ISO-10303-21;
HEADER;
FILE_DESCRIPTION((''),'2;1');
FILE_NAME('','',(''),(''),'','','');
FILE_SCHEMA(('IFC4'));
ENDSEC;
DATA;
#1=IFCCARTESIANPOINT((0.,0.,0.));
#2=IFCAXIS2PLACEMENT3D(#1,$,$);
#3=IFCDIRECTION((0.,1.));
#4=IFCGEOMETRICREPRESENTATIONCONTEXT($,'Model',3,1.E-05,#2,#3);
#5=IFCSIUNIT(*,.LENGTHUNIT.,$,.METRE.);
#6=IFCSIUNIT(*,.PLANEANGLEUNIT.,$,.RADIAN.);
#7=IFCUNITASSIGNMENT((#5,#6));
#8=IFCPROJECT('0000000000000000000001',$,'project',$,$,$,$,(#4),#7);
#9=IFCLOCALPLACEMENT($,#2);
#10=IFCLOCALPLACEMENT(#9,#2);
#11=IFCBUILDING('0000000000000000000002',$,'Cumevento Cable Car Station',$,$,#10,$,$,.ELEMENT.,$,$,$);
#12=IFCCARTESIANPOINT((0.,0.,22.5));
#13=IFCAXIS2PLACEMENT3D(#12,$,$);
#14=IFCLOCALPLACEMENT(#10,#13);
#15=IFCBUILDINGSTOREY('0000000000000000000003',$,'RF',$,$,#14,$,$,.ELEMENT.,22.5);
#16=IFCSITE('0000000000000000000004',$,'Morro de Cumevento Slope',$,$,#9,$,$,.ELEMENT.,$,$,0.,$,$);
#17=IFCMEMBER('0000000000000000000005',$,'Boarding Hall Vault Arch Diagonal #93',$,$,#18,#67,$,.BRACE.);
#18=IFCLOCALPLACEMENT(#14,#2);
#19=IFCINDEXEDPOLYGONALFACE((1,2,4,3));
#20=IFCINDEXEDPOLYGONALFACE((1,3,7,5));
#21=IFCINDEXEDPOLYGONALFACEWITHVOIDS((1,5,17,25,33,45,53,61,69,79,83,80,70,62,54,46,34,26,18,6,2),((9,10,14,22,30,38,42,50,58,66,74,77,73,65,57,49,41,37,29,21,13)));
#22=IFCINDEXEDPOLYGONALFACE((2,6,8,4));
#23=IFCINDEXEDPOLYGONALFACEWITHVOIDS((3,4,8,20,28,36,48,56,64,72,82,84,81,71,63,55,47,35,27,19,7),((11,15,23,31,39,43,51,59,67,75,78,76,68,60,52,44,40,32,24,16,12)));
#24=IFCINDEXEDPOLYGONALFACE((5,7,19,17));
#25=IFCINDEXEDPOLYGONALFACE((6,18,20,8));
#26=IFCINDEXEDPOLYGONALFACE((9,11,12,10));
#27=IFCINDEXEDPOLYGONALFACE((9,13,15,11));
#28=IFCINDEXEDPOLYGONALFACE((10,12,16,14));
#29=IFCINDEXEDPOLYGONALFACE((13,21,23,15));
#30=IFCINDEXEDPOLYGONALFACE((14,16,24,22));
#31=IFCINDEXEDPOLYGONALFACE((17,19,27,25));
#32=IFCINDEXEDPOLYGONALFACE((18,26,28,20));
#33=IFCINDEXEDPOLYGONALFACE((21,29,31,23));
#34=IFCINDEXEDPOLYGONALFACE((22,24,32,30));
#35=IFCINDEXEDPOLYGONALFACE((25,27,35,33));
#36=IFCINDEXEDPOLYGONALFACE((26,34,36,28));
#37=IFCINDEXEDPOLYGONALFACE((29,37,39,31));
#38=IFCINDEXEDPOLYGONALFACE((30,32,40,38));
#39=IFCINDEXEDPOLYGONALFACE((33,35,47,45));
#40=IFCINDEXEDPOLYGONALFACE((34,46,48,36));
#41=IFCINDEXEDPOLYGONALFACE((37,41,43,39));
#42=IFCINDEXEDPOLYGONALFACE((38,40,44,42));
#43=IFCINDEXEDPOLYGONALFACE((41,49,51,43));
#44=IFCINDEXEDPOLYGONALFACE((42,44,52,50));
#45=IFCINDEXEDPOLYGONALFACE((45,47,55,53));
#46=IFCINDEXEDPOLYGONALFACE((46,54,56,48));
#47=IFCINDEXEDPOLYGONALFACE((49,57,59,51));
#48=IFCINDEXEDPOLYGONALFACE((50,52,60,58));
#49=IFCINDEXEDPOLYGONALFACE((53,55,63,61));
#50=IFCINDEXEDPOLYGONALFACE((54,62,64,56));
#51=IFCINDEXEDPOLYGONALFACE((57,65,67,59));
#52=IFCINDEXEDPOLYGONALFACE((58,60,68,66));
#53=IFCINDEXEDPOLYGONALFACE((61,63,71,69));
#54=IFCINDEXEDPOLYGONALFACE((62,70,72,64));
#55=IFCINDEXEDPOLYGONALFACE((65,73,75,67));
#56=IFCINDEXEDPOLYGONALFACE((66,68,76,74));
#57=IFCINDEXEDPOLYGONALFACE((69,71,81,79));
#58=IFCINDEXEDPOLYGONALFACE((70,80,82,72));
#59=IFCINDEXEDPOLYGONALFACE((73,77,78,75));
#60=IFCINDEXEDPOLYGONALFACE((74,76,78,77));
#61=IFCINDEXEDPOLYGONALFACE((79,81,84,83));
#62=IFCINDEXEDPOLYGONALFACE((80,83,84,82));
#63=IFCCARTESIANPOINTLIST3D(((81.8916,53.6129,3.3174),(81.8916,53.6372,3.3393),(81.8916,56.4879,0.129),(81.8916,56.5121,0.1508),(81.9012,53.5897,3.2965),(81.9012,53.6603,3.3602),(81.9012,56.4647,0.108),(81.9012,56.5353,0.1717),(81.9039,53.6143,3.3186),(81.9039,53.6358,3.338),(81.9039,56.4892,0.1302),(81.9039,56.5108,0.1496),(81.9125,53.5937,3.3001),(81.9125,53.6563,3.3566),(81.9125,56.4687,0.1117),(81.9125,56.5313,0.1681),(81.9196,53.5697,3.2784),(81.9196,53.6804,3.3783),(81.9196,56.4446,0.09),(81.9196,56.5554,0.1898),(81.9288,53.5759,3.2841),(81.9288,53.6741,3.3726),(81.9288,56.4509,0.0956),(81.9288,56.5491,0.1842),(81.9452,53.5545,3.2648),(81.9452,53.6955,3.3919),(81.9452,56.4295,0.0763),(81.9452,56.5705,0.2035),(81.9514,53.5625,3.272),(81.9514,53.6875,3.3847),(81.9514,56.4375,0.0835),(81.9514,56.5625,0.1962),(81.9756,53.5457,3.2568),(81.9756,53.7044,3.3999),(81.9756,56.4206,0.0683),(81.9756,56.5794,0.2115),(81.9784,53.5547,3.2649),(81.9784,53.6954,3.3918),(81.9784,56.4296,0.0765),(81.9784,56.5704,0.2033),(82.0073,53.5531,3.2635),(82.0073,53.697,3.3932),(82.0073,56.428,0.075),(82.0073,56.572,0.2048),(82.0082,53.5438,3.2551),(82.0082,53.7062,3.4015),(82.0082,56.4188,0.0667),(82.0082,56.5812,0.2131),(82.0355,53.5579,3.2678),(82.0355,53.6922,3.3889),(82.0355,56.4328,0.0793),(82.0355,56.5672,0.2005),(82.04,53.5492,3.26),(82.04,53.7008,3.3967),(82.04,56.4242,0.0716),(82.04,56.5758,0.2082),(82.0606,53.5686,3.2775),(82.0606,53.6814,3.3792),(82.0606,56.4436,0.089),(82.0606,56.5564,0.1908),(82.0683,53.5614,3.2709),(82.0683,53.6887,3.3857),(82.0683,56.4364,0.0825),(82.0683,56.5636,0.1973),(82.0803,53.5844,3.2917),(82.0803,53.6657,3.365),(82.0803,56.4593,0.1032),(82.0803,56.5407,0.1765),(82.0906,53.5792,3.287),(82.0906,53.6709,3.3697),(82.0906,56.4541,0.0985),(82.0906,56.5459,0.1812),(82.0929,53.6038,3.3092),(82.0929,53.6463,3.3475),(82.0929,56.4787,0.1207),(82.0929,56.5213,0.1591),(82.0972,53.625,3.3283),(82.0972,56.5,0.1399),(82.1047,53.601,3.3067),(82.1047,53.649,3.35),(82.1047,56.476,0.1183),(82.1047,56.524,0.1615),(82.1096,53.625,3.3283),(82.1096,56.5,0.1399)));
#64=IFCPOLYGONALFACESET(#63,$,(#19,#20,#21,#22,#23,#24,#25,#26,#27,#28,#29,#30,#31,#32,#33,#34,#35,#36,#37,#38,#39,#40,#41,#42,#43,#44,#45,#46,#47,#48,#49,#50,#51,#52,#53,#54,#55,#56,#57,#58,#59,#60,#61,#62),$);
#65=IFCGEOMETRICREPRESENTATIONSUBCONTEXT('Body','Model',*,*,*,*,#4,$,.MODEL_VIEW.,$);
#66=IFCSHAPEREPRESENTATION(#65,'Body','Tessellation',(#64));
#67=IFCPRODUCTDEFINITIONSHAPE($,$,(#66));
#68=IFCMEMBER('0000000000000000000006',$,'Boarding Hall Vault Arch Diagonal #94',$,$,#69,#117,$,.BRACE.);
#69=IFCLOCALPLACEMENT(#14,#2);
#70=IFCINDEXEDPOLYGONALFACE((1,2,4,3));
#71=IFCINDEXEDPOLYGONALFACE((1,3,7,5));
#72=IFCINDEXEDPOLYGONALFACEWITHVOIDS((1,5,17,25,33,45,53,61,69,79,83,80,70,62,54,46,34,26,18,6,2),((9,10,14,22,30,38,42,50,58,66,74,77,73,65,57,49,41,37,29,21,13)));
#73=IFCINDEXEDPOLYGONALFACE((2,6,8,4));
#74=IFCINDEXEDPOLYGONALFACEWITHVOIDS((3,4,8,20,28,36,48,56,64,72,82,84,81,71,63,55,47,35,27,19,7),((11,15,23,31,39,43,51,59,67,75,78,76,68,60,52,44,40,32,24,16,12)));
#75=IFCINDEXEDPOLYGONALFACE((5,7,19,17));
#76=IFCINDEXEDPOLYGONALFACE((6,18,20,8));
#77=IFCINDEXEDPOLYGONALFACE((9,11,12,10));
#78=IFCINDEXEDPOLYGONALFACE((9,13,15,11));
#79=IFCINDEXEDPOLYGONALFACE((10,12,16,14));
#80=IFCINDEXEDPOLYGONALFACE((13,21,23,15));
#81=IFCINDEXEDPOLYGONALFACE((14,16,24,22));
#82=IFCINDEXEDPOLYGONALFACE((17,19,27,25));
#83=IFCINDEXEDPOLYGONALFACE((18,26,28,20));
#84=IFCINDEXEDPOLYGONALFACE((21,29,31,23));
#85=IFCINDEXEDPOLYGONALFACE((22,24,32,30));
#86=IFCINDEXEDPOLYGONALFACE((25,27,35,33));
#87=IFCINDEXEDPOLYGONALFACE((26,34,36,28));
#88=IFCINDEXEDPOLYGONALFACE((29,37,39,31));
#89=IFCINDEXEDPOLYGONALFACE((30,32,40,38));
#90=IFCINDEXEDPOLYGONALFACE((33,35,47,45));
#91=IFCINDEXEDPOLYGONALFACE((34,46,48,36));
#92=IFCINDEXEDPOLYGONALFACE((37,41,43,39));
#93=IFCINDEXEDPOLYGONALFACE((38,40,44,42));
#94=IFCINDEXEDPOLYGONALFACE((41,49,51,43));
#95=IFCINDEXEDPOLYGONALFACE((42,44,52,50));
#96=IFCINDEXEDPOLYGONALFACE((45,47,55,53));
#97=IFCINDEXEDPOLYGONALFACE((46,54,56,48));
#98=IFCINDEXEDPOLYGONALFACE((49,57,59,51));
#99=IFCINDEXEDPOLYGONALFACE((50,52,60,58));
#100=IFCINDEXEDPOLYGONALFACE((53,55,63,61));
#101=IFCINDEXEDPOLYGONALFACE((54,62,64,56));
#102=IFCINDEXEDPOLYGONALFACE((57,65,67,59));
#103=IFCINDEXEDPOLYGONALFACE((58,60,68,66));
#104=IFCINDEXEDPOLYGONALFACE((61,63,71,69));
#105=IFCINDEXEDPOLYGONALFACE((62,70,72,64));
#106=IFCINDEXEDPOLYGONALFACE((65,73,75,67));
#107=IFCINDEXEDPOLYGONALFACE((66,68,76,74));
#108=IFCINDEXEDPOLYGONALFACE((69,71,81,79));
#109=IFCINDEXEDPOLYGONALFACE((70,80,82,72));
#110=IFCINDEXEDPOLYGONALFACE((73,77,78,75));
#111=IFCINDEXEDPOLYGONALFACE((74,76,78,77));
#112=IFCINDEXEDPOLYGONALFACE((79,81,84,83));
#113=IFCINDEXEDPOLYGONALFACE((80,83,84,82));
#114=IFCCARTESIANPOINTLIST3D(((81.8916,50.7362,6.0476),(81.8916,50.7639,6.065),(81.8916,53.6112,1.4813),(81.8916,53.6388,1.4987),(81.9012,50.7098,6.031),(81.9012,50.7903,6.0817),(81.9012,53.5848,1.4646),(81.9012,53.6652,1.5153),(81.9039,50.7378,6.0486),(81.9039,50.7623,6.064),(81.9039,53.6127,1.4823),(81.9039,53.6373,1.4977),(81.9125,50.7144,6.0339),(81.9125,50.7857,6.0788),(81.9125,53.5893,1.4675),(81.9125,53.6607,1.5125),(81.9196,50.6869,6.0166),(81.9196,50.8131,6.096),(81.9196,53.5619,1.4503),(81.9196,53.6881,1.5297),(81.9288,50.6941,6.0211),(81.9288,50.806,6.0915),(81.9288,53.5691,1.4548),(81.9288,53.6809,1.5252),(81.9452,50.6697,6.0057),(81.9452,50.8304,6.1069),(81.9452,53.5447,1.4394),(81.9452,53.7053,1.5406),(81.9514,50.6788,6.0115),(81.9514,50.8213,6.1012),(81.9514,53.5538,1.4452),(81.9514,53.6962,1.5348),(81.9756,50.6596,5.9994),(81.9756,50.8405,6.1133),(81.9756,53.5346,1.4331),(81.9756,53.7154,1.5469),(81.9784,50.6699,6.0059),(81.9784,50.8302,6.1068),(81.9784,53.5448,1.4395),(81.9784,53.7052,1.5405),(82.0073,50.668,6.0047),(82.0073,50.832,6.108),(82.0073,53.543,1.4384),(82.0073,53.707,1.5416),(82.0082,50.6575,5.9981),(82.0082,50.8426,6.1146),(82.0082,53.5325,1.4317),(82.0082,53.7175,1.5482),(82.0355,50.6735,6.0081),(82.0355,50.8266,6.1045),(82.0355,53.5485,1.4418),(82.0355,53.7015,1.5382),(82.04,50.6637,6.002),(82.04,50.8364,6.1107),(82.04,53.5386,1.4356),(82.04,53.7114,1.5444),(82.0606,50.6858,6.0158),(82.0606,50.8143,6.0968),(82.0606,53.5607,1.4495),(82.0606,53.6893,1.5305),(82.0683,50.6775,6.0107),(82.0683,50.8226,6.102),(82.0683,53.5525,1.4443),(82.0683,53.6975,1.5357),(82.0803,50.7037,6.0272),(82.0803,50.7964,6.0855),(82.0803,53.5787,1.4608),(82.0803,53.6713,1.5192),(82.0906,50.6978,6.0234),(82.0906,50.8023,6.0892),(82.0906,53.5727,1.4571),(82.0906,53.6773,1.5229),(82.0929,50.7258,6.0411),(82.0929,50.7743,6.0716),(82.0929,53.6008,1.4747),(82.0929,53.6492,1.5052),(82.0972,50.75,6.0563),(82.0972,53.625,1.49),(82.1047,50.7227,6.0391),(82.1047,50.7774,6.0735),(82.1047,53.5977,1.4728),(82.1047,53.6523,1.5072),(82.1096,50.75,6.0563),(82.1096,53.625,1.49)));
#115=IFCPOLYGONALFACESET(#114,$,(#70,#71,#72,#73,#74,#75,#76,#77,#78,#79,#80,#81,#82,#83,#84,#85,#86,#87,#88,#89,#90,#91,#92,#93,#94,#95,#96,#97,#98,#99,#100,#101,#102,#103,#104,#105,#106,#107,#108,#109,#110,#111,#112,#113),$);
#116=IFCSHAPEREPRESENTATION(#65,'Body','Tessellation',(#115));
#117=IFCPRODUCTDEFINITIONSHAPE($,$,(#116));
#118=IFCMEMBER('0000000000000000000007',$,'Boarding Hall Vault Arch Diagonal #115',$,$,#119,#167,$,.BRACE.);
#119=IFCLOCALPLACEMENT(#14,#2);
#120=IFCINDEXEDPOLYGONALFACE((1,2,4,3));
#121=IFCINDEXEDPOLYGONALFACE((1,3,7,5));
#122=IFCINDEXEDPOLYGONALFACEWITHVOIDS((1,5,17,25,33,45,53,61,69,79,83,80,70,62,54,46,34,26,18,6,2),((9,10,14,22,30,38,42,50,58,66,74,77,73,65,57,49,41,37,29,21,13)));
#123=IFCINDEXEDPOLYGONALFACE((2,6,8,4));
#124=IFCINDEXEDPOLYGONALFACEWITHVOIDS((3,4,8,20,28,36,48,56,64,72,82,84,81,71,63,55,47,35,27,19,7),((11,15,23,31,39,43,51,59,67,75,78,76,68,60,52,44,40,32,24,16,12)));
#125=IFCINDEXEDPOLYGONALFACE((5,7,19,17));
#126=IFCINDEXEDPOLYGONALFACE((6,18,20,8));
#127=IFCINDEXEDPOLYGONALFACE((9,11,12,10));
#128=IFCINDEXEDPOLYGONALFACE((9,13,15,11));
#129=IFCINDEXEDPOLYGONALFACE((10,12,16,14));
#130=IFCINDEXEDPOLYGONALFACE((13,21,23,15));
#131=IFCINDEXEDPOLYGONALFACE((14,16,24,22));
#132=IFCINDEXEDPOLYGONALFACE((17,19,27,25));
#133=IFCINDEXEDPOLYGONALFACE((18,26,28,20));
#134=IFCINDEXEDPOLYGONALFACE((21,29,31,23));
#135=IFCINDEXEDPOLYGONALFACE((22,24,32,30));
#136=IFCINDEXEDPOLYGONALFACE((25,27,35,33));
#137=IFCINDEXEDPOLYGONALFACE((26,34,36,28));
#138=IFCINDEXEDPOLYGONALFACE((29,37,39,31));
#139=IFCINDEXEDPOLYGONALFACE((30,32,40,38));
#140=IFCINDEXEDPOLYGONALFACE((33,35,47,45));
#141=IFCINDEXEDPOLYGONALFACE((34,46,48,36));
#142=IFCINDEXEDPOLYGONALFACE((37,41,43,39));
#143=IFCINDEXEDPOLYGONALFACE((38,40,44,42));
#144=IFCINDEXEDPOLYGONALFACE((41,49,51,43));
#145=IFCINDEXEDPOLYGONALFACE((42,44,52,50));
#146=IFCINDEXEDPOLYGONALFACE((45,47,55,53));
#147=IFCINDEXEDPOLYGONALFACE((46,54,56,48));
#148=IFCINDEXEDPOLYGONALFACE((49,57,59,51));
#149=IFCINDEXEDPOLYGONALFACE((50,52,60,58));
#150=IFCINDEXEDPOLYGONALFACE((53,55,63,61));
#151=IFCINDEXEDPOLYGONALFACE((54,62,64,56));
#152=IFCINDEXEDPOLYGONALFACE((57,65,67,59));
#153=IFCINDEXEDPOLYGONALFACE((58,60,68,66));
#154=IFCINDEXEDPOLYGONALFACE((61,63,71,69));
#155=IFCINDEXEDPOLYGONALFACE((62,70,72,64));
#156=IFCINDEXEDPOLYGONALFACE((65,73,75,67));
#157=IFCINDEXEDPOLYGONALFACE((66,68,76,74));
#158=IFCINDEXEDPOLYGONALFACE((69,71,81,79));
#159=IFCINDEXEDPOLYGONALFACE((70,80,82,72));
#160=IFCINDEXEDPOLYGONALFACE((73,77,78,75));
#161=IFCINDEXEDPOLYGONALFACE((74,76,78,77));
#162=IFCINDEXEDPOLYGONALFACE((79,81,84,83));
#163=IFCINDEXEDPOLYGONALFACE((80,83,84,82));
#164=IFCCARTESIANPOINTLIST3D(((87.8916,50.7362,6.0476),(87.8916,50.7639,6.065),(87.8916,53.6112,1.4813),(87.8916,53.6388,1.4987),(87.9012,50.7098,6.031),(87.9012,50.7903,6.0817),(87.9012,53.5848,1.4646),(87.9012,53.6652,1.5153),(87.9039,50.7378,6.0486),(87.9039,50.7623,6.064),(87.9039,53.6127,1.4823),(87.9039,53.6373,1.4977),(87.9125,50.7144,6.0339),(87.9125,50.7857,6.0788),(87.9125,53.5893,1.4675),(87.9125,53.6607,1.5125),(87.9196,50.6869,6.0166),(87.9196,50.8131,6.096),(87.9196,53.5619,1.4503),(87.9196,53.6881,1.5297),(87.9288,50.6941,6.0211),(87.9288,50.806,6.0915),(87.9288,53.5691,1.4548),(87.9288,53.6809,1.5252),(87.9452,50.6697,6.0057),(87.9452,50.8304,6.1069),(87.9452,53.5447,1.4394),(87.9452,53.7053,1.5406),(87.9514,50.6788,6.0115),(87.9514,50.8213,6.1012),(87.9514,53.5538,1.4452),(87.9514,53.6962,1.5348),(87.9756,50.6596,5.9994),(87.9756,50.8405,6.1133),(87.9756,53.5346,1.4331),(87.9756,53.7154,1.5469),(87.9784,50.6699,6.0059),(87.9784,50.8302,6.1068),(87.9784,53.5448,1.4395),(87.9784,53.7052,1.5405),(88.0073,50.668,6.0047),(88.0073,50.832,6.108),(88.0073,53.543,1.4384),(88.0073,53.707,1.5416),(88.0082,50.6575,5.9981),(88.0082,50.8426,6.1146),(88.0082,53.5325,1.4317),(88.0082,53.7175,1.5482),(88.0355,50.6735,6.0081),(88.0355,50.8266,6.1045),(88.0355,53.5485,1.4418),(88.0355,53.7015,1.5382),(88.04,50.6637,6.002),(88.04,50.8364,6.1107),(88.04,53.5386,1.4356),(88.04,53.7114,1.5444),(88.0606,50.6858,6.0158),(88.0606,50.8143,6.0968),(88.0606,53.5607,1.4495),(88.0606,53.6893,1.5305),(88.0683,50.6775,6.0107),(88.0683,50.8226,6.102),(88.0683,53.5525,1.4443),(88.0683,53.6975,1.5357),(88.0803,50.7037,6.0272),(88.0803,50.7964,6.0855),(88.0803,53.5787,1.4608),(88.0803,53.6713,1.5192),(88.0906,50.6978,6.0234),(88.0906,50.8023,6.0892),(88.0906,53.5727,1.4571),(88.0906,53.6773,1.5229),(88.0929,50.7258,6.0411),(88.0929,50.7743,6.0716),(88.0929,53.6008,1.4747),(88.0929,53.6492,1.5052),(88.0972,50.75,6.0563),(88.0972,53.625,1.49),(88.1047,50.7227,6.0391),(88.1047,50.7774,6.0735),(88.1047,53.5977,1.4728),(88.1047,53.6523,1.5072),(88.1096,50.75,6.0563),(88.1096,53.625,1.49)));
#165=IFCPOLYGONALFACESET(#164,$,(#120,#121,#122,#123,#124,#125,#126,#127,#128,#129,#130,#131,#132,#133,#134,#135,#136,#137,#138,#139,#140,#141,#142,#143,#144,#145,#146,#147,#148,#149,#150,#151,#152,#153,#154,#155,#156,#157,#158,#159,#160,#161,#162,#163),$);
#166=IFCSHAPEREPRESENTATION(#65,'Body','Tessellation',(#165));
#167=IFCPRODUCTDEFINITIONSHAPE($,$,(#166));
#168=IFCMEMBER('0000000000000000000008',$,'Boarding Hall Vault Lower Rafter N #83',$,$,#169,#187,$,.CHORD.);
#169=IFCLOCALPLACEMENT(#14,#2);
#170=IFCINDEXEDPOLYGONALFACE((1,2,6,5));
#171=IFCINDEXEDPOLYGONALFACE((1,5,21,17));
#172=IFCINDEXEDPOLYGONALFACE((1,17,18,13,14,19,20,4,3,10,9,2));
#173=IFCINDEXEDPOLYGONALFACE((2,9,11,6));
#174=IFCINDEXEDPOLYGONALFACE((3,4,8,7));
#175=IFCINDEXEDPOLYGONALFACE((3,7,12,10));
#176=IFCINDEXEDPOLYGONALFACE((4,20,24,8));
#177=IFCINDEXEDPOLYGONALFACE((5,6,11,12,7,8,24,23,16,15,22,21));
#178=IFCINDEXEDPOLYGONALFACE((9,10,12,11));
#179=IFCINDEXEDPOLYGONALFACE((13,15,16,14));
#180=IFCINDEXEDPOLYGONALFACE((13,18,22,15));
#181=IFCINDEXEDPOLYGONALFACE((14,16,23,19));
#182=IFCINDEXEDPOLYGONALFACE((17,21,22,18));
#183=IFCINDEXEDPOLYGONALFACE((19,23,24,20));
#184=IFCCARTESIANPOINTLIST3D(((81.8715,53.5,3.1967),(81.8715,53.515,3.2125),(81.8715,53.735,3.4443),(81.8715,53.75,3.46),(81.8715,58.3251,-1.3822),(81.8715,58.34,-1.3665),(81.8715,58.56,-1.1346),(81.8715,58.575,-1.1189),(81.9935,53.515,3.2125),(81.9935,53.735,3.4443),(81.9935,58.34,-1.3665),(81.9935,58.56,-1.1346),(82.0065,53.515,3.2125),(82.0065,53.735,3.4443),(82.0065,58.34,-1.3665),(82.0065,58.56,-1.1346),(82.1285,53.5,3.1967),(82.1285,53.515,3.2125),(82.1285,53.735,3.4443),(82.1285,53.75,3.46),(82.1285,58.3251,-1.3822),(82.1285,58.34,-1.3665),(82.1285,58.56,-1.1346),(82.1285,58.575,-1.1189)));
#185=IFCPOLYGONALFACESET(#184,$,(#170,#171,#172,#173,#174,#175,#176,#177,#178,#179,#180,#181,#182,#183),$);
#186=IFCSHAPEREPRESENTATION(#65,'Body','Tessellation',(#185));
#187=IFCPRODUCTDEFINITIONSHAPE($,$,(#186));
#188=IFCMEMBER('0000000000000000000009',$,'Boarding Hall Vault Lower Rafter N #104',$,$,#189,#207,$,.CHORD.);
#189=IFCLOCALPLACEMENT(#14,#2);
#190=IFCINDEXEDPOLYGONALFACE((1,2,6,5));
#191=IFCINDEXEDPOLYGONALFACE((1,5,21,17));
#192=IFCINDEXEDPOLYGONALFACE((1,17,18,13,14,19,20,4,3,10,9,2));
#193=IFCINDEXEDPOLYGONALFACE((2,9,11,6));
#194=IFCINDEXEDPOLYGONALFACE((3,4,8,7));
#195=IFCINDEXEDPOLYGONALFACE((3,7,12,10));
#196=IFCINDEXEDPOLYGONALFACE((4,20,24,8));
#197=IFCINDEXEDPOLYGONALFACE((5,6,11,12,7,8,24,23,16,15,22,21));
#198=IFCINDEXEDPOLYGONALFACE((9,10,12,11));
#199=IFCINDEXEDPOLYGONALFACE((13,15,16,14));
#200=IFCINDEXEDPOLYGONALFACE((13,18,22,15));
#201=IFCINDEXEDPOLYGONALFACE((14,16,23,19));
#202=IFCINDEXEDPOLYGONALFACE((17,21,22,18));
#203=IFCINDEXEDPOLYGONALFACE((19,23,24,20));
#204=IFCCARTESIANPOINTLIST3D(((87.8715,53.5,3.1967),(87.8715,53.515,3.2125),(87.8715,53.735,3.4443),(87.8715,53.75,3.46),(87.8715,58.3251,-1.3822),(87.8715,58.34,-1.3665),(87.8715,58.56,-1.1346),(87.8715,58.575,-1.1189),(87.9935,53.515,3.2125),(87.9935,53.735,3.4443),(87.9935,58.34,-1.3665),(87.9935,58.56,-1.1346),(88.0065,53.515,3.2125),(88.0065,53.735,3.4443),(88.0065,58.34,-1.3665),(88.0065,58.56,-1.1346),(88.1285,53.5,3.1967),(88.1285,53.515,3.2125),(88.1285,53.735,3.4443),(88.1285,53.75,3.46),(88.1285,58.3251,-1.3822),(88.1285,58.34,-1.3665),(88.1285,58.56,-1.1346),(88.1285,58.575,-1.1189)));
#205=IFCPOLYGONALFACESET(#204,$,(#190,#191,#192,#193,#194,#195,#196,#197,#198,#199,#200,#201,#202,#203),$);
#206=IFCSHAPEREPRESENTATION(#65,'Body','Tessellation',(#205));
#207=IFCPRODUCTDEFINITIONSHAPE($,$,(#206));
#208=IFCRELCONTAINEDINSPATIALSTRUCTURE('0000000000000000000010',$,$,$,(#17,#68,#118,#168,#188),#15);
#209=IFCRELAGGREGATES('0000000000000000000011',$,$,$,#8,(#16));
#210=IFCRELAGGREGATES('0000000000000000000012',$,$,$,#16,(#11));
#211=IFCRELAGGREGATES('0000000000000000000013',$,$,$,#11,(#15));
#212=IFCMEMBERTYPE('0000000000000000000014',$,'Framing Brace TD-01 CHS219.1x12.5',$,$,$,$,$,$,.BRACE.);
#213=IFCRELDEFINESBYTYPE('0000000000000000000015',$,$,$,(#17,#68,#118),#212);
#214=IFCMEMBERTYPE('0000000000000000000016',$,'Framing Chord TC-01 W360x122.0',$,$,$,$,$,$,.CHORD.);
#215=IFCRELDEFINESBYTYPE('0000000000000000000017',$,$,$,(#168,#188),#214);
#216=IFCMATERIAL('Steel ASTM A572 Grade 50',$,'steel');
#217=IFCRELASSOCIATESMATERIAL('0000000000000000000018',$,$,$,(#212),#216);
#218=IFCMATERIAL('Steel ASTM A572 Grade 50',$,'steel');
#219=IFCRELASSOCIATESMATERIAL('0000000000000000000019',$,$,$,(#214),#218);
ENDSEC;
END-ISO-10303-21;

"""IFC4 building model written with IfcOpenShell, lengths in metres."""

from ifc_helpers import new_model, si_unit, direction, frame, origin, origin_2d, place, context, subcontext, project, spatial, hollow_circle, i_section, extrude, material, material_profile, profile_set, type_object, element, save


model = new_model("IFC4")

# Units and contexts
model_context = context("Model", 3, precision=1e-05, world=origin(), true_north=direction((0.0, 1.0)))
body_context = subcontext(model_context, "Body", "Model", "MODEL_VIEW")
ifc_project = project(units=[si_unit("LENGTHUNIT", "METRE"), si_unit("PLANEANGLEUNIT", "RADIAN")], contexts=[model_context])

# Site, building, storey
site_placement = place(None, origin())
site = spatial("IfcSite", under=ifc_project, at=site_placement, Name="Morro de Cumevento Slope", CompositionType="ELEMENT", RefElevation=0.0)
building_placement = place(site_placement, origin())
building = spatial("IfcBuilding", under=site, at=building_placement, Name="Cumevento Cable Car Station", CompositionType="ELEMENT")
storey_placement = place(building_placement, frame((0.0, 0.0, 22.5)))
storey = spatial("IfcBuildingStorey", under=building, at=storey_placement, Name="RF", CompositionType="ELEMENT", Elevation=22.5)

# Members
ifc_material_1 = material(Name="Steel ASTM A572 Grade 50", Category="steel")
ifc_material_profile_1 = material_profile(ifc_material_1, hollow_circle(Radius=0.1096, WallThickness=0.0125, at=origin_2d()), Name="CHS219.1x12.5")
ifc_profile_set_1 = profile_set([ifc_material_profile_1], Name="Steel ASTM A572 Grade 50")
member_type_1 = type_object("IfcMemberType", Name="Framing Brace TD-01 CHS219.1x12.5", PredefinedType="BRACE", material=ifc_profile_set_1)
member_1_placement = place(storey_placement, frame((82.0, 56.5, 0.1399), z_axis=(0.0, -0.669656, 0.742672), x_axis=(1.0, 0.0, 0.0)))
element("IfcMember", 1, at=member_1_placement, inside=storey, type_object=member_type_1, Name="Boarding Hall Vault Arch Diagonal #93", PredefinedType="BRACE", context=body_context, shape_type="SweptSolid", body=[
    extrude(hollow_circle(Radius=0.1096, WallThickness=0.0125, at=origin_2d()), origin(), (0.0, 0.0, 1.0), 4.2932),
])
for number, where, z_axis, x_axis, name in (
    (2, (82.0, 53.625, 1.49), (0.0, -0.532794, 0.846245), (1.0, 0.0, 0.0), "Boarding Hall Vault Arch Diagonal #94"),
    (3, (88.0, 53.625, 1.49), (0.0, -0.532794, 0.846245), (1.0, 0.0, 0.0), "Boarding Hall Vault Arch Diagonal #115"),
):
    element("IfcMember", number, at=place(storey_placement, frame(where, z_axis=z_axis, x_axis=x_axis)), inside=storey, type_object=member_type_1, Name=name, PredefinedType="BRACE", context=body_context, shape_type="SweptSolid", body=[
        extrude(hollow_circle(Radius=0.1096, WallThickness=0.0125, at=origin_2d()), origin(), (0.0, 0.0, 1.0), 5.396),
    ])
ifc_material_2 = material(Name="Steel ASTM A572 Grade 50", Category="steel")
ifc_material_profile_2 = material_profile(ifc_material_2, i_section(OverallWidth=0.2571, OverallDepth=0.363, WebThickness=0.0129, FlangeThickness=0.0217, at=origin_2d()), Name="W360x122.0")
ifc_profile_set_2 = profile_set([ifc_material_profile_2], Name="Steel ASTM A572 Grade 50")
member_type_2 = type_object("IfcMemberType", Name="Framing Chord TC-01 W360x122.0", PredefinedType="CHORD", material=ifc_profile_set_2)
for number, where, z_axis, x_axis, name in (
    (4, (82.0, 53.625, 3.3284), (0.0, 0.725363, -0.688366), (-1.0, 0.0, 0.0), "Boarding Hall Vault Lower Rafter N #83"),
    (5, (88.0, 53.625, 3.3284), (0.0, 0.725363, -0.688366), (-1.0, 0.0, 0.0), "Boarding Hall Vault Lower Rafter N #104"),
):
    element("IfcMember", number, at=place(storey_placement, frame(where, z_axis=z_axis, x_axis=x_axis)), inside=storey, type_object=member_type_2, Name=name, PredefinedType="CHORD", context=body_context, shape_type="SweptSolid", body=[
        extrude(i_section(OverallWidth=0.2571, OverallDepth=0.363, WebThickness=0.0129, FlangeThickness=0.0217, at=origin_2d()), origin(), (0.0, 0.0, 1.0), 6.6519),
    ])

save(model, "model.ifc")
